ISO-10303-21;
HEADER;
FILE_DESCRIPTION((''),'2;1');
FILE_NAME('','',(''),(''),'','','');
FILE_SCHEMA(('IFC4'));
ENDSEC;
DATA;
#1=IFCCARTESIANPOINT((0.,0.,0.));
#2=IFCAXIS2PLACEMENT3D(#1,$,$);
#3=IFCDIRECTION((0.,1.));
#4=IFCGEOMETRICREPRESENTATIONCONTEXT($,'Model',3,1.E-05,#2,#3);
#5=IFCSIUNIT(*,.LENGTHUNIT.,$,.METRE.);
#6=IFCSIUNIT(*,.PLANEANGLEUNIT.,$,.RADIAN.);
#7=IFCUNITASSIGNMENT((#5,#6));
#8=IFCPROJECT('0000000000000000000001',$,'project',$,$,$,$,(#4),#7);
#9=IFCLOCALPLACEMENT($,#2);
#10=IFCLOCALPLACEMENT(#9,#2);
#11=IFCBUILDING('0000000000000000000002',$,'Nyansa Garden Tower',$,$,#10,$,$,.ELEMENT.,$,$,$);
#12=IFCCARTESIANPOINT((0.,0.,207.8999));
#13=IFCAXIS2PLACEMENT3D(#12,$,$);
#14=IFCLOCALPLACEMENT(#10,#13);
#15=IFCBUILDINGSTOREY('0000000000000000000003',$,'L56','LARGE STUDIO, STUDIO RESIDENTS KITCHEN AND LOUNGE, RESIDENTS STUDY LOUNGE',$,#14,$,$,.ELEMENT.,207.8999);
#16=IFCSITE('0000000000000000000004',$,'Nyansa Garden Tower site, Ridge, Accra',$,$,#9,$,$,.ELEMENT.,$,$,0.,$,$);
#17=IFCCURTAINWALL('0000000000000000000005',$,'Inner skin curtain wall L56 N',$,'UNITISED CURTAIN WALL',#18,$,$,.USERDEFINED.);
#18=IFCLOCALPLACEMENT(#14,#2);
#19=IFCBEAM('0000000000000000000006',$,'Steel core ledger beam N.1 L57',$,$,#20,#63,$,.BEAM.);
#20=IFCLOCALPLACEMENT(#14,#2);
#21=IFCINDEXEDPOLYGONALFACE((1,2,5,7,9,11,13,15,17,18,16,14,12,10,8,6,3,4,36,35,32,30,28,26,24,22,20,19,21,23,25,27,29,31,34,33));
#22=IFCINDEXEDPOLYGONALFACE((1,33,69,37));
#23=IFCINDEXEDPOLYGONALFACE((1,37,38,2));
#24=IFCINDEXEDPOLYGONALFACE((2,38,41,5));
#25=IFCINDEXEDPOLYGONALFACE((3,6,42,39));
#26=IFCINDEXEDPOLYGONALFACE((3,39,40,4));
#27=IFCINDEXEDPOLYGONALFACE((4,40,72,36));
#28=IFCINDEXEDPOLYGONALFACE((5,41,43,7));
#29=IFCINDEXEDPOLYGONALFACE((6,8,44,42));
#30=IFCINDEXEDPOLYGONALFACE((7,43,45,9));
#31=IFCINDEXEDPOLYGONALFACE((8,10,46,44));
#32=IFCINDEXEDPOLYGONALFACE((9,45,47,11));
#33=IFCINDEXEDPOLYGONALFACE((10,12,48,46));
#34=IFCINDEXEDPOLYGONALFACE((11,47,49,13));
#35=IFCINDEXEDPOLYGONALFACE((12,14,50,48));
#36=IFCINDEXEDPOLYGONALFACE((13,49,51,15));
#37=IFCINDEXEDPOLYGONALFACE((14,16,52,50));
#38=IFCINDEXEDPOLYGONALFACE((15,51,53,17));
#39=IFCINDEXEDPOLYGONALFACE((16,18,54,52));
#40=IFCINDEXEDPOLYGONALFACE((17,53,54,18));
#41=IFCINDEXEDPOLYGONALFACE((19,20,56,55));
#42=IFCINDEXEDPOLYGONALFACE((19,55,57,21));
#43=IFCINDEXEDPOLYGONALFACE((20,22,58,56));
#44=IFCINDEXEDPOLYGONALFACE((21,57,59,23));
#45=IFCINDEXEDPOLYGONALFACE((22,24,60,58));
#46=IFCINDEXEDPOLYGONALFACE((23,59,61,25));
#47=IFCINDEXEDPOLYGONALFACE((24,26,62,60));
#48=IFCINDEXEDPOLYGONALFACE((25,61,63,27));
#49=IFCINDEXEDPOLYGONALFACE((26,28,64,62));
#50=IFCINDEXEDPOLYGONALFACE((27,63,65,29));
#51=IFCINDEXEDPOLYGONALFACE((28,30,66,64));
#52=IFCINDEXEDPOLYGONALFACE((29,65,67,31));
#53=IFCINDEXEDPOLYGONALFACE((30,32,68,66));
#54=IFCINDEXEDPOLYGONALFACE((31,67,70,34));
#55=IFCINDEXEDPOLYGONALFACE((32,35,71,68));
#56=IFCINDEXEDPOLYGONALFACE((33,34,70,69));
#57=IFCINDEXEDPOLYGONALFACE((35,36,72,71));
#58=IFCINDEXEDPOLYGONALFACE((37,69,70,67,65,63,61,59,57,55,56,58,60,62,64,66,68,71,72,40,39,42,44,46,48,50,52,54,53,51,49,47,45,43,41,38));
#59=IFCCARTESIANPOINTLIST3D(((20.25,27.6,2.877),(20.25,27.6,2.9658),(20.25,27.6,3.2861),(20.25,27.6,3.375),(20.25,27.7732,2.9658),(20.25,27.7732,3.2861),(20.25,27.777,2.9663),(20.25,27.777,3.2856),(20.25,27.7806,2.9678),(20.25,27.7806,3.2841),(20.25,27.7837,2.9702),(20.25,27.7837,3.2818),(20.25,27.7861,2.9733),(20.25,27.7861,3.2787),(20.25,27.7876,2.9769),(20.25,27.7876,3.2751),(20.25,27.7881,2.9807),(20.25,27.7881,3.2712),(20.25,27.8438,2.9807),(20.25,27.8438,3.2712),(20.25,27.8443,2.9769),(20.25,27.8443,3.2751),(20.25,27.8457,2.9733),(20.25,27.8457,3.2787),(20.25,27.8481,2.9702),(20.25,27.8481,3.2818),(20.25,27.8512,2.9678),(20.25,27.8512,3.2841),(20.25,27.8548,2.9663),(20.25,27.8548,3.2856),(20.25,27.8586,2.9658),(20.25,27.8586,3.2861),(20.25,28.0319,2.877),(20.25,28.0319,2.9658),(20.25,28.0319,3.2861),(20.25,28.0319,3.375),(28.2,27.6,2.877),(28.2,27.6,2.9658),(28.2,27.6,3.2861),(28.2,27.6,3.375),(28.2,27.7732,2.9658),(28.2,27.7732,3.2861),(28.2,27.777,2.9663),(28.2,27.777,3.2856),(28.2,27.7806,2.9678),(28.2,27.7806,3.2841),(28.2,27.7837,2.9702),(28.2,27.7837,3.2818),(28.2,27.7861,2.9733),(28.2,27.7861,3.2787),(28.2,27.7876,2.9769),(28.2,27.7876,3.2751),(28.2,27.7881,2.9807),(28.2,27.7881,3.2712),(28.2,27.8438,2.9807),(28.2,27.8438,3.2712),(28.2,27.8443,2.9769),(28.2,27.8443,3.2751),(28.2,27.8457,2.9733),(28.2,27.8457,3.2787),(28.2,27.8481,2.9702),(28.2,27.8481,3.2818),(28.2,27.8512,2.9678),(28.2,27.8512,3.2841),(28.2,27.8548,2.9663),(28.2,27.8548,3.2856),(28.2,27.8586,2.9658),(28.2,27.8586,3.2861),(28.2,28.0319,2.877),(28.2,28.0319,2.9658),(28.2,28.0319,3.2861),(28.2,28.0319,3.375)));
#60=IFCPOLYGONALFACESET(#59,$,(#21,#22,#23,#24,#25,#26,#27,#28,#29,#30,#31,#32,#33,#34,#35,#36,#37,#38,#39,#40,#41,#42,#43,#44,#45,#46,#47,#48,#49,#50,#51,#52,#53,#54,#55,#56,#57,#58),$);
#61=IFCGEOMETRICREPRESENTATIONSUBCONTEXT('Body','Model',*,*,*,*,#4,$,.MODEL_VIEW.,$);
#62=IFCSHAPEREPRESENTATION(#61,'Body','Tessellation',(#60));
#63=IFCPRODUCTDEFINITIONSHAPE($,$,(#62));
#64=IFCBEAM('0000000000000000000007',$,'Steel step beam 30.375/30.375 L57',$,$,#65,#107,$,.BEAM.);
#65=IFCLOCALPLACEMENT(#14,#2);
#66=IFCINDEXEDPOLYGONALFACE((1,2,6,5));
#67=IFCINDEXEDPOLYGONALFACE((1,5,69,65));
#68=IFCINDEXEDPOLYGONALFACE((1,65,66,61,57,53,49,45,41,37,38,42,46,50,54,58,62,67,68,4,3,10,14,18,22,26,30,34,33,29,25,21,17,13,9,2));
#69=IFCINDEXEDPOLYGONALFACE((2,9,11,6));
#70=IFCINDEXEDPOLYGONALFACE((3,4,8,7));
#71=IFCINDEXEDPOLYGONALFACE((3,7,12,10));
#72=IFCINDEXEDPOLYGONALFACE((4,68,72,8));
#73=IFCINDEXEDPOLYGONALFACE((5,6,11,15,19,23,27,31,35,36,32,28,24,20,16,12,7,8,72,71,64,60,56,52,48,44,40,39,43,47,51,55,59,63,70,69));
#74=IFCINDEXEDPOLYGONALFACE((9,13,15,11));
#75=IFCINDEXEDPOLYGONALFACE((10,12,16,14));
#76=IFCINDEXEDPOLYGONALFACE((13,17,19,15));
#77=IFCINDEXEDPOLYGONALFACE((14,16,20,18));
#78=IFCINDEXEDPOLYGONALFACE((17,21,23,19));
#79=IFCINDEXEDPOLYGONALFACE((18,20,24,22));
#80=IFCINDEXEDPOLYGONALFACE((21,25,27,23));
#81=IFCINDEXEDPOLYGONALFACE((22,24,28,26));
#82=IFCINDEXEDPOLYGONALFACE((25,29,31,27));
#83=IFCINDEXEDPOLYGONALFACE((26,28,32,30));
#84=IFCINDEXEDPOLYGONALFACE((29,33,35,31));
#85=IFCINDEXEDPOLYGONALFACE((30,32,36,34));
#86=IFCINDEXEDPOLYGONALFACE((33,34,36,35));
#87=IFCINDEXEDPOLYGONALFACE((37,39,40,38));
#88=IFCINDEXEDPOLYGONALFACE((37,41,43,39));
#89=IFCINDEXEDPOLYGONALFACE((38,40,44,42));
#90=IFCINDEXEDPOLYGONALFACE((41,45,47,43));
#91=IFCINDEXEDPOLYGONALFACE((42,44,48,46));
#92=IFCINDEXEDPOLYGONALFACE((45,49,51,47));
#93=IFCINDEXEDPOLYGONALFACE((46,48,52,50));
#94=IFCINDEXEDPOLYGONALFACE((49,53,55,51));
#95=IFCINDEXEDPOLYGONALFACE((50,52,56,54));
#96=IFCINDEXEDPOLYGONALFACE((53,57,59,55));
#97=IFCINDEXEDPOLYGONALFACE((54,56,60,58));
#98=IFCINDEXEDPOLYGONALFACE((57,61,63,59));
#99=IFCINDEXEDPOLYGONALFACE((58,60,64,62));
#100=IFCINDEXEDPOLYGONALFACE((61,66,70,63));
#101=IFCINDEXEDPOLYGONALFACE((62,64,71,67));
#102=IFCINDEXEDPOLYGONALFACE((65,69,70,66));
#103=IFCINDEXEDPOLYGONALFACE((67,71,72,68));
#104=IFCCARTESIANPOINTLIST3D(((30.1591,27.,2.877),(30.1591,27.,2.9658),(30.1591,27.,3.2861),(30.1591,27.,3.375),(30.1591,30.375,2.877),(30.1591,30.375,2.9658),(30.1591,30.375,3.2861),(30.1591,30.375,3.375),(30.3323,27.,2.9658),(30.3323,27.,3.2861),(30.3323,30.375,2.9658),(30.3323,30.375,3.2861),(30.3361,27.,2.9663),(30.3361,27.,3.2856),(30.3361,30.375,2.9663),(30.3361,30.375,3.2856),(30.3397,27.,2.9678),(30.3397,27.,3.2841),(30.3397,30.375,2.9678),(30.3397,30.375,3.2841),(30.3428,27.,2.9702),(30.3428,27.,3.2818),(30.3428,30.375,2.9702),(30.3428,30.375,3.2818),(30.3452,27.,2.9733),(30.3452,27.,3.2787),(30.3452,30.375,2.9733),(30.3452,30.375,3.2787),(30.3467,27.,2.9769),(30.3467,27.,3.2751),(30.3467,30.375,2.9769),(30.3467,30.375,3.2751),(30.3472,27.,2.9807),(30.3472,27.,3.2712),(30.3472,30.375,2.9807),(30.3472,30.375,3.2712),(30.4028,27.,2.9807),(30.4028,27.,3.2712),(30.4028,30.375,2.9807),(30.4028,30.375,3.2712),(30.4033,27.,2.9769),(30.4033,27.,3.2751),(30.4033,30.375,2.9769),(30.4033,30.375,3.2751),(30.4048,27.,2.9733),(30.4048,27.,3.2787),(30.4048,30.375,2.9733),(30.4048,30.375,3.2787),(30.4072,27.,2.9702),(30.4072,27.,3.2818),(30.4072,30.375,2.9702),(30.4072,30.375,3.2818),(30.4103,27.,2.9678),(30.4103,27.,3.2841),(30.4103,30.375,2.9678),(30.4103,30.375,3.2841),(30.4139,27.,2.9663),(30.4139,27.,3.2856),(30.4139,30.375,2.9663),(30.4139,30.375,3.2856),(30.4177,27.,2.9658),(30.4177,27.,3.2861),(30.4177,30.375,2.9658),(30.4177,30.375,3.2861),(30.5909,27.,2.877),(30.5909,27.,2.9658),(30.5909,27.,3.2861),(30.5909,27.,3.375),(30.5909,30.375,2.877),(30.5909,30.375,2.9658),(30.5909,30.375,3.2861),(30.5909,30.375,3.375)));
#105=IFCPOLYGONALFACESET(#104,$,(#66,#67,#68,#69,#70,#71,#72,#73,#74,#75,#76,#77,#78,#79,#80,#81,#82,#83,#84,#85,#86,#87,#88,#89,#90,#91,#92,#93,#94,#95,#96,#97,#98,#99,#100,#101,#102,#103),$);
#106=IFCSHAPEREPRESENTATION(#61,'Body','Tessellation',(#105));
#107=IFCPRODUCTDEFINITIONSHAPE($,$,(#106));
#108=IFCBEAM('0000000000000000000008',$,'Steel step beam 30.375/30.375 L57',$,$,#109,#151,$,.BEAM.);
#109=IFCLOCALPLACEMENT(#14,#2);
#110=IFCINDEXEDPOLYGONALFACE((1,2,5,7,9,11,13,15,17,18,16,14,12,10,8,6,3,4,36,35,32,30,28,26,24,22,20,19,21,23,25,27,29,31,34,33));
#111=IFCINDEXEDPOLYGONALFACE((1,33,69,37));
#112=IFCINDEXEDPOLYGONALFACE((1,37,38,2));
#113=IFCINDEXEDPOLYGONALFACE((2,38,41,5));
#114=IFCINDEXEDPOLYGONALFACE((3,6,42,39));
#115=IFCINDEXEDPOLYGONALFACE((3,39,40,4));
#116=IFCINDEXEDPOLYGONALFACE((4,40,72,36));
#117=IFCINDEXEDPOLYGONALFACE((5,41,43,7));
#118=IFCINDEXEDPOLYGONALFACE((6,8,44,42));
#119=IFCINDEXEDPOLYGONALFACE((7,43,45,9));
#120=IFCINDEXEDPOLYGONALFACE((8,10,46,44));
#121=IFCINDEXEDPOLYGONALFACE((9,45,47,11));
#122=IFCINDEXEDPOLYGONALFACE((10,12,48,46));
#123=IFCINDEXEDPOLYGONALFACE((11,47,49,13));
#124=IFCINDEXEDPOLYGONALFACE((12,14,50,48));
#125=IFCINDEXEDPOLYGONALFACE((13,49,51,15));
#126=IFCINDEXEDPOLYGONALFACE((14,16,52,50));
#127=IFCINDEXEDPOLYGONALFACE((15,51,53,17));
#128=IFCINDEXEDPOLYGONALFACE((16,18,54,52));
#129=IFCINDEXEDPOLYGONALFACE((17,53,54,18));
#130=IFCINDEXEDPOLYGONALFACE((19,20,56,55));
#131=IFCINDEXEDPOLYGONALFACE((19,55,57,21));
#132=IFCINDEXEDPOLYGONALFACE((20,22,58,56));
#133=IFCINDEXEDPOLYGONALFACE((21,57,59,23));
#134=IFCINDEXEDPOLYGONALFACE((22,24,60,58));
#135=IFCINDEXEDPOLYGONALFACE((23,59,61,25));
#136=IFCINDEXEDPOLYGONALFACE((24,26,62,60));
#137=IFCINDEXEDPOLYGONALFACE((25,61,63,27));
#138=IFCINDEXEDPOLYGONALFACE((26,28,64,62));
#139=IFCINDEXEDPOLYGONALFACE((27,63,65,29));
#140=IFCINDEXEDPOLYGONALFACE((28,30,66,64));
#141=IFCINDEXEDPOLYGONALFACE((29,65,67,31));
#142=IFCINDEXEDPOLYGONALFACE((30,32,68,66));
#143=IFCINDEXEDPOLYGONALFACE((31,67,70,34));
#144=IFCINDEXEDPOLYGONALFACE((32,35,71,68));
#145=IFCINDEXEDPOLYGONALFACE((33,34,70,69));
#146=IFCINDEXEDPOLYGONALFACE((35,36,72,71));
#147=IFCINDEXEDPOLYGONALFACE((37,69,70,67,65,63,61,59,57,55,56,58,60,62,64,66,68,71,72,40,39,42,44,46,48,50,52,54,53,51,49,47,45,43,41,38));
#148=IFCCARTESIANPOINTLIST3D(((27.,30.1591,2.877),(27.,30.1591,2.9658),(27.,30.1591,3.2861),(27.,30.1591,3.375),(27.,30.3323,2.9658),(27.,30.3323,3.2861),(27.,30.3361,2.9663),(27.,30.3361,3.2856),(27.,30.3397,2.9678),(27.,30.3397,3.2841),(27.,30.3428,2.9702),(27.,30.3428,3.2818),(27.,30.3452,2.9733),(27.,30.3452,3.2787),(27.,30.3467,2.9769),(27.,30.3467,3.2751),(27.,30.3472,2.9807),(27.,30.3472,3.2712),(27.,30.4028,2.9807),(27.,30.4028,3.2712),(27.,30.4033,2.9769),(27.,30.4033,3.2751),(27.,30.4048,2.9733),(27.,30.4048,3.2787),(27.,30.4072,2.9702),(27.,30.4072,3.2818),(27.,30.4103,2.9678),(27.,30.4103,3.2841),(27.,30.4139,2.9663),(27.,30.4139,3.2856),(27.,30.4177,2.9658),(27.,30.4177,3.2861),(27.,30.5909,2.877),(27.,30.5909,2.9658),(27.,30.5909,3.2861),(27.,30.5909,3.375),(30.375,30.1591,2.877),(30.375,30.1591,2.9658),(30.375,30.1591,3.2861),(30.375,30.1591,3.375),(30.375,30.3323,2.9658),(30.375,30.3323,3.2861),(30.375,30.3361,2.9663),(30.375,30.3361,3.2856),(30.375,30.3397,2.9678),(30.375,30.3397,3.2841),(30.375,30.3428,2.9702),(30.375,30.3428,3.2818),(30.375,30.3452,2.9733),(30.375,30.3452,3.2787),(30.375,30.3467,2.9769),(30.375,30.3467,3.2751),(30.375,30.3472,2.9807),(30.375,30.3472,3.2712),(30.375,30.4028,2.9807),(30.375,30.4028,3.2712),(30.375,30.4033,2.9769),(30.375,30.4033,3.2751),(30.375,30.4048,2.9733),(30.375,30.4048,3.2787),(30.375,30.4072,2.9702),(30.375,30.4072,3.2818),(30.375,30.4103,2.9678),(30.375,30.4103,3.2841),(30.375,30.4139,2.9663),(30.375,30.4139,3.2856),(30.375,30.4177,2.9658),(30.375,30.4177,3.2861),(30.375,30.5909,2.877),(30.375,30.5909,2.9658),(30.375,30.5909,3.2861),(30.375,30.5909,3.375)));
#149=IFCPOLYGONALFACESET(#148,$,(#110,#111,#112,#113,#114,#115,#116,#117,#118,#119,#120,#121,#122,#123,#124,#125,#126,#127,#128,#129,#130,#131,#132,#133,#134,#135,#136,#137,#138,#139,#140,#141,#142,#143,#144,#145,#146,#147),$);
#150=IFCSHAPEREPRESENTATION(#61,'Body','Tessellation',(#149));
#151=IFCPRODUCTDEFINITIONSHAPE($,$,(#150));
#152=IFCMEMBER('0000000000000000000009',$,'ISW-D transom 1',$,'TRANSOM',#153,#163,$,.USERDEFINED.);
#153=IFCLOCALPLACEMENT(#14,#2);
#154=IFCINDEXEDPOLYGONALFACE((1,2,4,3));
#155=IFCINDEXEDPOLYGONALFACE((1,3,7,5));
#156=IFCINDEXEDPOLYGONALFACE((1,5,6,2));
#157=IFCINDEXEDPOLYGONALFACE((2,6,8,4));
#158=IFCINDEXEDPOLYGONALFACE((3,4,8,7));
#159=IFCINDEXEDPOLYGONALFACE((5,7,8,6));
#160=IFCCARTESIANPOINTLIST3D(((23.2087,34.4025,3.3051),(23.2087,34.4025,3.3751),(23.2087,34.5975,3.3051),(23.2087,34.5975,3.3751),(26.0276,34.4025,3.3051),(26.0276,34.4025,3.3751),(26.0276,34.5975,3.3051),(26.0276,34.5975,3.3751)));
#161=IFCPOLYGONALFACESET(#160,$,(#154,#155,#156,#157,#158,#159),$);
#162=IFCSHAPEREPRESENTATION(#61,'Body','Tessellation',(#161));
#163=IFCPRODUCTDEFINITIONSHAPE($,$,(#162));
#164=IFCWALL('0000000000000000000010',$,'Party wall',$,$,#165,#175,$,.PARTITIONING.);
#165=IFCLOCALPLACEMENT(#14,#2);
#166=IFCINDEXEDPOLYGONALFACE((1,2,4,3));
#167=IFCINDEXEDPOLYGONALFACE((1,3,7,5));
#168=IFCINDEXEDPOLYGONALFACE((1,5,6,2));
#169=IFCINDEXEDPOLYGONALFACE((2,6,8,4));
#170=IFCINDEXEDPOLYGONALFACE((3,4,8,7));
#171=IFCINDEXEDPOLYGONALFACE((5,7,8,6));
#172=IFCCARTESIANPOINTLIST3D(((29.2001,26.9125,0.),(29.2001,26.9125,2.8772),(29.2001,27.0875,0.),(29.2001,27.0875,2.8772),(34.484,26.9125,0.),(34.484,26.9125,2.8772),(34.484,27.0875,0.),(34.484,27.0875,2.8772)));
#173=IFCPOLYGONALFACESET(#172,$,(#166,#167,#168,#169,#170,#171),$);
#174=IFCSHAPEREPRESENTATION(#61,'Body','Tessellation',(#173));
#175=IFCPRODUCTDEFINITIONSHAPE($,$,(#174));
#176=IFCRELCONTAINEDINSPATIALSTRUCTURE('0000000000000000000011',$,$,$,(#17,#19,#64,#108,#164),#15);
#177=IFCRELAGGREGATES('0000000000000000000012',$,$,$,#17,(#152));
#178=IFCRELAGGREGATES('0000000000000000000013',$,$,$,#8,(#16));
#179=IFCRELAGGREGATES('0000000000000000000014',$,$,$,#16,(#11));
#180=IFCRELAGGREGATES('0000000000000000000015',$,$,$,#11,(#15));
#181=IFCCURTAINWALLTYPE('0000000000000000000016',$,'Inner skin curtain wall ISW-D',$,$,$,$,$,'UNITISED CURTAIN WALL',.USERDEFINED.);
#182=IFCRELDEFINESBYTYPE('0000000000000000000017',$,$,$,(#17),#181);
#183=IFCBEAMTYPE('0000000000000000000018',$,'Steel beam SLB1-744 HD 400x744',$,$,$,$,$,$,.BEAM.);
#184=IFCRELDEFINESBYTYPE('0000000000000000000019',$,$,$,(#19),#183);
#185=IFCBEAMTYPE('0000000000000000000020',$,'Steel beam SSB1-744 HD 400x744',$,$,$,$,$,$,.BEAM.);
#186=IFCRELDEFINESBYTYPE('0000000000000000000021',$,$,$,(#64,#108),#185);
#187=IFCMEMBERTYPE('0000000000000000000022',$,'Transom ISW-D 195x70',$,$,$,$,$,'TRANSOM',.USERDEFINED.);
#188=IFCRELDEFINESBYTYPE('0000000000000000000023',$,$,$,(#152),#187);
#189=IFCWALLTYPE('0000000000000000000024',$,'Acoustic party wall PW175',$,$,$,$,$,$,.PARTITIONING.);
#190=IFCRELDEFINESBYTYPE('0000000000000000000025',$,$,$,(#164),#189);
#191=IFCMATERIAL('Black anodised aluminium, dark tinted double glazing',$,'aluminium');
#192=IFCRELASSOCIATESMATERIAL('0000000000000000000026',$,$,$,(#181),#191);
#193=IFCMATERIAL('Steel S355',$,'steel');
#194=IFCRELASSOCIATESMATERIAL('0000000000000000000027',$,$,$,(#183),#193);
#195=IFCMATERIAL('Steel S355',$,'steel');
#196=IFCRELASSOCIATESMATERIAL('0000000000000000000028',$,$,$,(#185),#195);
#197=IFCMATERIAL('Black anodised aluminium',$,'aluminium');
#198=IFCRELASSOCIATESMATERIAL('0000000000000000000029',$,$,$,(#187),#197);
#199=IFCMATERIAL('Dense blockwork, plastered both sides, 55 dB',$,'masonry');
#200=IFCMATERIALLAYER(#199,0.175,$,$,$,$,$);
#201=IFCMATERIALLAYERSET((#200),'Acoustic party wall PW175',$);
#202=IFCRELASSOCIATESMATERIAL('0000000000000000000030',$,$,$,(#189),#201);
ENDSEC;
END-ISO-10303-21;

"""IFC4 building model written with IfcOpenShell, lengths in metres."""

from ifc_helpers import new_model, si_unit, direction, frame, frame_2d, origin, origin_2d, place, context, subcontext, project, spatial, rectangle, i_section, extrude, material, layer, layer_set, material_profile, profile_set, type_object, element, aggregate, save


model = new_model("IFC4")

# Units and contexts
model_context = context("Model", 3, precision=1e-05, world=origin(), true_north=direction((0.0, 1.0)))
body_context = subcontext(model_context, "Body", "Model", "MODEL_VIEW")
ifc_project = project(units=[si_unit("LENGTHUNIT", "METRE"), si_unit("PLANEANGLEUNIT", "RADIAN")], contexts=[model_context])

# Site, building, storey
site_placement = place(None, origin())
site = spatial("IfcSite", under=ifc_project, at=site_placement, Name="Nyansa Garden Tower site, Ridge, Accra", CompositionType="ELEMENT", RefElevation=0.0)
building_placement = place(site_placement, origin())
building = spatial("IfcBuilding", under=site, at=building_placement, Name="Nyansa Garden Tower", CompositionType="ELEMENT")
storey_placement = place(building_placement, frame((0.0, 0.0, 207.8999)))
storey = spatial("IfcBuildingStorey", under=building, at=storey_placement, Name="L56", Description="LARGE STUDIO, STUDIO RESIDENTS KITCHEN AND LOUNGE, RESIDENTS STUDY LOUNGE", CompositionType="ELEMENT", Elevation=207.8999)

# Curtain wall
ifc_material_1 = material(Name="Black anodised aluminium, dark tinted double glazing", Category="aluminium")
curtain_wall_type = type_object("IfcCurtainWallType", Name="Inner skin curtain wall ISW-D", ElementType="UNITISED CURTAIN WALL", PredefinedType="USERDEFINED", material=ifc_material_1)
curtain_wall_placement = place(storey_placement, origin())
curtain_wall = element("IfcCurtainWall", 1, at=curtain_wall_placement, inside=storey, type_object=curtain_wall_type, Name="Inner skin curtain wall L56 N", ObjectType="UNITISED CURTAIN WALL", PredefinedType="USERDEFINED")

# Beams
ifc_material_2 = material(Name="Steel S355", Category="steel")
ifc_material_profile_1 = material_profile(ifc_material_2, i_section(OverallWidth=0.4319, OverallDepth=0.498, WebThickness=0.0557, FlangeThickness=0.0889, FilletRadius=0.0149, at=origin_2d()), Name="HD 400x744")
ifc_profile_set_1 = profile_set([ifc_material_profile_1], Name="Steel S355")
beam_type_1 = type_object("IfcBeamType", Name="Steel beam SLB1-744 HD 400x744", PredefinedType="BEAM", material=ifc_profile_set_1)
beam_1_placement = place(storey_placement, frame((28.2, 27.8159, 3.126), z_axis=(-1.0, 0.0, 0.0), x_axis=(0.0, -1.0, 0.0)))
element("IfcBeam", 2, at=beam_1_placement, inside=storey, type_object=beam_type_1, Name="Steel core ledger beam N.1 L57", PredefinedType="BEAM", context=body_context, shape_type="SweptSolid", body=[
    extrude(i_section(OverallWidth=0.4319, OverallDepth=0.498, WebThickness=0.0557, FlangeThickness=0.0889, FilletRadius=0.0149, at=origin_2d()), origin(), (0.0, 0.0, 1.0), 7.95),
])
ifc_material_3 = material(Name="Steel S355", Category="steel")
ifc_material_profile_2 = material_profile(ifc_material_3, i_section(OverallWidth=0.4319, OverallDepth=0.498, WebThickness=0.0557, FlangeThickness=0.0889, FilletRadius=0.0149, at=origin_2d()), Name="HD 400x744")
ifc_profile_set_2 = profile_set([ifc_material_profile_2], Name="Steel S355")
beam_type_2 = type_object("IfcBeamType", Name="Steel beam SSB1-744 HD 400x744", PredefinedType="BEAM", material=ifc_profile_set_2)
for number, where, z_axis, x_axis, name in (
    (3, (30.375, 30.375, 3.126), (0.0, -1.0, 0.0), (1.0, 0.0, 0.0), "Steel step beam 30.375/30.375 L57"),
    (4, (30.375, 30.375, 3.126), (-1.0, 0.0, 0.0), (0.0, -1.0, 0.0), "Steel step beam 30.375/30.375 L57"),
):
    element("IfcBeam", number, at=place(storey_placement, frame(where, z_axis=z_axis, x_axis=x_axis)), inside=storey, type_object=beam_type_2, Name=name, PredefinedType="BEAM", context=body_context, shape_type="SweptSolid", body=[
        extrude(i_section(OverallWidth=0.4319, OverallDepth=0.498, WebThickness=0.0557, FlangeThickness=0.0889, FilletRadius=0.0149, at=origin_2d()), origin(), (0.0, 0.0, 1.0), 3.375),
    ])

# Member
ifc_material_4 = material(Name="Black anodised aluminium", Category="aluminium")
ifc_material_profile_3 = material_profile(ifc_material_4, rectangle(XDim=0.1951, YDim=0.0701, at=origin_2d()), Name="Transom 195x70")
ifc_profile_set_3 = profile_set([ifc_material_profile_3], Name="Black anodised aluminium")
member_type_1 = type_object("IfcMemberType", Name="Transom ISW-D 195x70", ElementType="TRANSOM", PredefinedType="USERDEFINED", material=ifc_profile_set_3)
member_1_placement = place(storey_placement, frame((26.0276, 34.5, 3.3401), z_axis=(-1.0, 0.0, 0.0), x_axis=(0.0, -1.0, 0.0)))
member_1 = element("IfcMember", 5, at=member_1_placement, type_object=member_type_1, Name="ISW-D transom 1", ObjectType="TRANSOM", PredefinedType="USERDEFINED", context=body_context, shape_type="SweptSolid", body=[
    extrude(rectangle(XDim=0.1951, YDim=0.0701, at=origin_2d()), origin(), (0.0, 0.0, 1.0), 2.8188),
])
aggregate(curtain_wall, [member_1])

# Wall
ifc_material_5 = material(Name="Dense blockwork, plastered both sides, 55 dB", Category="masonry")
ifc_layer_1 = layer(ifc_material_5, 0.175)
ifc_layer_set_1 = layer_set([ifc_layer_1], Name="Acoustic party wall PW175")
wall_type_1 = type_object("IfcWallType", Name="Acoustic party wall PW175", PredefinedType="PARTITIONING", material=ifc_layer_set_1)
wall_1_placement = place(storey_placement, frame((29.2, 27.0, 0.0), z_axis=(0.0, 0.0, 1.0), x_axis=(1.0, 0.0, 0.0)))
element("IfcWall", 6, at=wall_1_placement, inside=storey, type_object=wall_type_1, Name="Party wall", PredefinedType="PARTITIONING", context=body_context, shape_type="SweptSolid", body=[
    extrude(rectangle(XDim=5.2839, YDim=0.175, at=frame_2d((2.6421, 0.0))), origin(), (0.0, 0.0, 1.0), 2.8772),
])

save(model, "model.ifc")
